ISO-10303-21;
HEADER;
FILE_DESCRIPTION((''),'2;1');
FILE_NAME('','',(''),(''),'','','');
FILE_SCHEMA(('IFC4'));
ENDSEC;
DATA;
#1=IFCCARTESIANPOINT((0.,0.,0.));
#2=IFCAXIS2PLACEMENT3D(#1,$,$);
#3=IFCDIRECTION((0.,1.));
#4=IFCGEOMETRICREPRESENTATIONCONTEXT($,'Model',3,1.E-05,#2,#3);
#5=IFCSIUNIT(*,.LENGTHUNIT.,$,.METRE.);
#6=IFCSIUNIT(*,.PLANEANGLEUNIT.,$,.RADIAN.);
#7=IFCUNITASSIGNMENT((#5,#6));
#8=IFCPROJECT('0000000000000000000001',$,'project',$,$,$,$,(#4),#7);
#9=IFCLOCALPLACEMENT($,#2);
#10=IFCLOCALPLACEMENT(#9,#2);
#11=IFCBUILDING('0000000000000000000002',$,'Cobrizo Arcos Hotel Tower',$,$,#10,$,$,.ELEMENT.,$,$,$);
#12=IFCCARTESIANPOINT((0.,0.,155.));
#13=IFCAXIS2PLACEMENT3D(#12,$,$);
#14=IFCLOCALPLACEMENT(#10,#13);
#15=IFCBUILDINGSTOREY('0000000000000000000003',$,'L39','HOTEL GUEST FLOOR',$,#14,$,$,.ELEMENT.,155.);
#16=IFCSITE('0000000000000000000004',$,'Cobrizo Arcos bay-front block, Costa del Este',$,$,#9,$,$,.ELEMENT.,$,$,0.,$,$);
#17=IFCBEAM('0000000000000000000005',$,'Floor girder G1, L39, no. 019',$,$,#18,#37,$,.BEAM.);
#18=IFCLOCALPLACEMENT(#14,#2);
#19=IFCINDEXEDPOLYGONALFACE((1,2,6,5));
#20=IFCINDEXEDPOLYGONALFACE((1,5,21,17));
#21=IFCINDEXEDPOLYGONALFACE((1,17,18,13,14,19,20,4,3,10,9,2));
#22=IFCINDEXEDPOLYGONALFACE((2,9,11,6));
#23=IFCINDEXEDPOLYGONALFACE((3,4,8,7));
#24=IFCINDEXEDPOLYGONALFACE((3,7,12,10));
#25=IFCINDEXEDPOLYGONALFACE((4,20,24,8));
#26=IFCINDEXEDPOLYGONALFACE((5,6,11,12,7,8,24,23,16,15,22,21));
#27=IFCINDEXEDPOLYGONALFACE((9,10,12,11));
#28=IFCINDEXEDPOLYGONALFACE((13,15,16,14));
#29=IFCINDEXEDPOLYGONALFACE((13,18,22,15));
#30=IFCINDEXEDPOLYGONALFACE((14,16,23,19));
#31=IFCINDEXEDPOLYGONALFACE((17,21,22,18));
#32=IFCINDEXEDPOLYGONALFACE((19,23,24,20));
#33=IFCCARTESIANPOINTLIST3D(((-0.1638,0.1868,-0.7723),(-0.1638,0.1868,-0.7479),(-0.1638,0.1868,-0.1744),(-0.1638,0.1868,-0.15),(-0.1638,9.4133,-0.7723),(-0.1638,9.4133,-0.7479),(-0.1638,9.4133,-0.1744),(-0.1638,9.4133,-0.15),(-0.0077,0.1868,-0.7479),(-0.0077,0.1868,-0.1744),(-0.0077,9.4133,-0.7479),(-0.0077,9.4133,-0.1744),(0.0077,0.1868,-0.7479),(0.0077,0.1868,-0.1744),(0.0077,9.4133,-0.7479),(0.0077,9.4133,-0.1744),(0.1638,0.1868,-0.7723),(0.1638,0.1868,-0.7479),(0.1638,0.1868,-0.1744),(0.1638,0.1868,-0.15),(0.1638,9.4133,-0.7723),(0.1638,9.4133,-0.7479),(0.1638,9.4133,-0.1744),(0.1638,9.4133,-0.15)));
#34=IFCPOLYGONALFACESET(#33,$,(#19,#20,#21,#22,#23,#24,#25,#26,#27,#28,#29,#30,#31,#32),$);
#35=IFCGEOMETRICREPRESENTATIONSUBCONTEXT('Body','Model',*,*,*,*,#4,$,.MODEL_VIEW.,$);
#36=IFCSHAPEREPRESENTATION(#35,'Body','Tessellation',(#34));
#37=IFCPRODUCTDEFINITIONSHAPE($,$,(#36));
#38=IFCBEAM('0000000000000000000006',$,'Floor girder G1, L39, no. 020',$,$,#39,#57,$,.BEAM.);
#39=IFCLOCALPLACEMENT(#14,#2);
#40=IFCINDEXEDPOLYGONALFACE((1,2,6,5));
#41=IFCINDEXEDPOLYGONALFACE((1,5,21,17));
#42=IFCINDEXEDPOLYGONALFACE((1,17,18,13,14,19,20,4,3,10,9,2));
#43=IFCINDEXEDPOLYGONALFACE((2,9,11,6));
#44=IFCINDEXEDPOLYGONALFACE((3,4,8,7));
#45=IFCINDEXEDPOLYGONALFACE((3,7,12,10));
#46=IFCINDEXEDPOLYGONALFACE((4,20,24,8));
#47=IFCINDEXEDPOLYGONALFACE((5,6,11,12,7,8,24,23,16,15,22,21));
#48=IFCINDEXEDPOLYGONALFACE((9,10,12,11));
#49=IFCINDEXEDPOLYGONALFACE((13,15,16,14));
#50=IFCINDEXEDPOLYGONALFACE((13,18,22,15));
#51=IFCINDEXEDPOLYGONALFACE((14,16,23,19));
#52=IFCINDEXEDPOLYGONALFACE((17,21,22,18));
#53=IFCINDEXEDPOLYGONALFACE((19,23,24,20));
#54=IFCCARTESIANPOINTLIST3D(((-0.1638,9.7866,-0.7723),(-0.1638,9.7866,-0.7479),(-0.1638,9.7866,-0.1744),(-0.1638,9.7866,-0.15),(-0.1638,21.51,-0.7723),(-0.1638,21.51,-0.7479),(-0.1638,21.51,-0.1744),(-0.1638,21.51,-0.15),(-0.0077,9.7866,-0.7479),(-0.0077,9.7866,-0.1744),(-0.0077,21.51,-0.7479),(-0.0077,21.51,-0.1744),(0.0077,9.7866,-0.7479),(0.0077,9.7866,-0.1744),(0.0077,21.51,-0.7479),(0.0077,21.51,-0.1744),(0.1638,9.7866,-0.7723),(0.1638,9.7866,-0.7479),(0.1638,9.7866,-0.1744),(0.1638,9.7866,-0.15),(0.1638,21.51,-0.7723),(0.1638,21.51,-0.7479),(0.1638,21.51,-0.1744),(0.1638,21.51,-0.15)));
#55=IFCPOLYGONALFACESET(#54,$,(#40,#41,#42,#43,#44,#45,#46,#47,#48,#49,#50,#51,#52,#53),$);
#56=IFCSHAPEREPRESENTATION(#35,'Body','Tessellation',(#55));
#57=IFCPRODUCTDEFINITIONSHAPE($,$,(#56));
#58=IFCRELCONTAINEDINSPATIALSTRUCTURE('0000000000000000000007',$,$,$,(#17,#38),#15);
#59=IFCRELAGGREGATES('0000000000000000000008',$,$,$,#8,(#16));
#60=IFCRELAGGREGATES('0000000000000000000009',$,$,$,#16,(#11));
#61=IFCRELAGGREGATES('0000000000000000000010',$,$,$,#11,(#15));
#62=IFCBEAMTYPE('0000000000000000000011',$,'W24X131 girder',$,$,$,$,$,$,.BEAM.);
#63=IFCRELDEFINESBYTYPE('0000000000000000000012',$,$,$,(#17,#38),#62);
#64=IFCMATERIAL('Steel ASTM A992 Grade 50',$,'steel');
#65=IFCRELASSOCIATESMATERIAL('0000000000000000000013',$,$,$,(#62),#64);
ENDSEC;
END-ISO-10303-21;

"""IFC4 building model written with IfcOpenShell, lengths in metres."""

from ifc_helpers import new_model, si_unit, direction, frame, origin, origin_2d, place, context, subcontext, project, spatial, i_section, extrude, material, material_profile, profile_set, type_object, element, save


model = new_model("IFC4")

# Units and contexts
model_context = context("Model", 3, precision=1e-05, world=origin(), true_north=direction((0.0, 1.0)))
body_context = subcontext(model_context, "Body", "Model", "MODEL_VIEW")
ifc_project = project(units=[si_unit("LENGTHUNIT", "METRE"), si_unit("PLANEANGLEUNIT", "RADIAN")], contexts=[model_context])

# Site, building, storey
site_placement = place(None, origin())
site = spatial("IfcSite", under=ifc_project, at=site_placement, Name="Cobrizo Arcos bay-front block, Costa del Este", CompositionType="ELEMENT", RefElevation=0.0)
building_placement = place(site_placement, origin())
building = spatial("IfcBuilding", under=site, at=building_placement, Name="Cobrizo Arcos Hotel Tower", CompositionType="ELEMENT")
storey_placement = place(building_placement, frame((0.0, 0.0, 155.0)))
storey = spatial("IfcBuildingStorey", under=building, at=storey_placement, Name="L39", Description="HOTEL GUEST FLOOR", CompositionType="ELEMENT", Elevation=155.0)

# Shared definitions
ifc_material_1 = material(Name="Steel ASTM A992 Grade 50", Category="steel")

# Beams
ifc_material_profile_1 = material_profile(ifc_material_1, i_section(OverallWidth=0.3276, OverallDepth=0.6223, WebThickness=0.0154, FlangeThickness=0.0244, at=origin_2d()), Name="W24X131")
ifc_profile_set_1 = profile_set([ifc_material_profile_1], Name="Steel ASTM A992 Grade 50")
beam_type_1 = type_object("IfcBeamType", Name="W24X131 girder", PredefinedType="BEAM", material=ifc_profile_set_1)
beam_1_placement = place(storey_placement, frame((0.0, 0.1868, -0.4612), z_axis=(0.0, 1.0, 0.0), x_axis=(-1.0, 0.0, 0.0)))
element("IfcBeam", 1, at=beam_1_placement, inside=storey, type_object=beam_type_1, Name="Floor girder G1, L39, no. 019", PredefinedType="BEAM", context=body_context, shape_type="SweptSolid", body=[
    extrude(i_section(OverallWidth=0.3276, OverallDepth=0.6223, WebThickness=0.0154, FlangeThickness=0.0244, at=origin_2d()), origin(), (0.0, 0.0, 1.0), 9.2266),
])
beam_2_placement = place(storey_placement, frame((0.0, 9.7866, -0.4612), z_axis=(0.0, 1.0, 0.0), x_axis=(-1.0, 0.0, 0.0)))
element("IfcBeam", 2, at=beam_2_placement, inside=storey, type_object=beam_type_1, Name="Floor girder G1, L39, no. 020", PredefinedType="BEAM", context=body_context, shape_type="SweptSolid", body=[
    extrude(i_section(OverallWidth=0.3276, OverallDepth=0.6223, WebThickness=0.0154, FlangeThickness=0.0244, at=origin_2d()), origin(), (0.0, 0.0, 1.0), 11.7234),
])

save(model, "model.ifc")
